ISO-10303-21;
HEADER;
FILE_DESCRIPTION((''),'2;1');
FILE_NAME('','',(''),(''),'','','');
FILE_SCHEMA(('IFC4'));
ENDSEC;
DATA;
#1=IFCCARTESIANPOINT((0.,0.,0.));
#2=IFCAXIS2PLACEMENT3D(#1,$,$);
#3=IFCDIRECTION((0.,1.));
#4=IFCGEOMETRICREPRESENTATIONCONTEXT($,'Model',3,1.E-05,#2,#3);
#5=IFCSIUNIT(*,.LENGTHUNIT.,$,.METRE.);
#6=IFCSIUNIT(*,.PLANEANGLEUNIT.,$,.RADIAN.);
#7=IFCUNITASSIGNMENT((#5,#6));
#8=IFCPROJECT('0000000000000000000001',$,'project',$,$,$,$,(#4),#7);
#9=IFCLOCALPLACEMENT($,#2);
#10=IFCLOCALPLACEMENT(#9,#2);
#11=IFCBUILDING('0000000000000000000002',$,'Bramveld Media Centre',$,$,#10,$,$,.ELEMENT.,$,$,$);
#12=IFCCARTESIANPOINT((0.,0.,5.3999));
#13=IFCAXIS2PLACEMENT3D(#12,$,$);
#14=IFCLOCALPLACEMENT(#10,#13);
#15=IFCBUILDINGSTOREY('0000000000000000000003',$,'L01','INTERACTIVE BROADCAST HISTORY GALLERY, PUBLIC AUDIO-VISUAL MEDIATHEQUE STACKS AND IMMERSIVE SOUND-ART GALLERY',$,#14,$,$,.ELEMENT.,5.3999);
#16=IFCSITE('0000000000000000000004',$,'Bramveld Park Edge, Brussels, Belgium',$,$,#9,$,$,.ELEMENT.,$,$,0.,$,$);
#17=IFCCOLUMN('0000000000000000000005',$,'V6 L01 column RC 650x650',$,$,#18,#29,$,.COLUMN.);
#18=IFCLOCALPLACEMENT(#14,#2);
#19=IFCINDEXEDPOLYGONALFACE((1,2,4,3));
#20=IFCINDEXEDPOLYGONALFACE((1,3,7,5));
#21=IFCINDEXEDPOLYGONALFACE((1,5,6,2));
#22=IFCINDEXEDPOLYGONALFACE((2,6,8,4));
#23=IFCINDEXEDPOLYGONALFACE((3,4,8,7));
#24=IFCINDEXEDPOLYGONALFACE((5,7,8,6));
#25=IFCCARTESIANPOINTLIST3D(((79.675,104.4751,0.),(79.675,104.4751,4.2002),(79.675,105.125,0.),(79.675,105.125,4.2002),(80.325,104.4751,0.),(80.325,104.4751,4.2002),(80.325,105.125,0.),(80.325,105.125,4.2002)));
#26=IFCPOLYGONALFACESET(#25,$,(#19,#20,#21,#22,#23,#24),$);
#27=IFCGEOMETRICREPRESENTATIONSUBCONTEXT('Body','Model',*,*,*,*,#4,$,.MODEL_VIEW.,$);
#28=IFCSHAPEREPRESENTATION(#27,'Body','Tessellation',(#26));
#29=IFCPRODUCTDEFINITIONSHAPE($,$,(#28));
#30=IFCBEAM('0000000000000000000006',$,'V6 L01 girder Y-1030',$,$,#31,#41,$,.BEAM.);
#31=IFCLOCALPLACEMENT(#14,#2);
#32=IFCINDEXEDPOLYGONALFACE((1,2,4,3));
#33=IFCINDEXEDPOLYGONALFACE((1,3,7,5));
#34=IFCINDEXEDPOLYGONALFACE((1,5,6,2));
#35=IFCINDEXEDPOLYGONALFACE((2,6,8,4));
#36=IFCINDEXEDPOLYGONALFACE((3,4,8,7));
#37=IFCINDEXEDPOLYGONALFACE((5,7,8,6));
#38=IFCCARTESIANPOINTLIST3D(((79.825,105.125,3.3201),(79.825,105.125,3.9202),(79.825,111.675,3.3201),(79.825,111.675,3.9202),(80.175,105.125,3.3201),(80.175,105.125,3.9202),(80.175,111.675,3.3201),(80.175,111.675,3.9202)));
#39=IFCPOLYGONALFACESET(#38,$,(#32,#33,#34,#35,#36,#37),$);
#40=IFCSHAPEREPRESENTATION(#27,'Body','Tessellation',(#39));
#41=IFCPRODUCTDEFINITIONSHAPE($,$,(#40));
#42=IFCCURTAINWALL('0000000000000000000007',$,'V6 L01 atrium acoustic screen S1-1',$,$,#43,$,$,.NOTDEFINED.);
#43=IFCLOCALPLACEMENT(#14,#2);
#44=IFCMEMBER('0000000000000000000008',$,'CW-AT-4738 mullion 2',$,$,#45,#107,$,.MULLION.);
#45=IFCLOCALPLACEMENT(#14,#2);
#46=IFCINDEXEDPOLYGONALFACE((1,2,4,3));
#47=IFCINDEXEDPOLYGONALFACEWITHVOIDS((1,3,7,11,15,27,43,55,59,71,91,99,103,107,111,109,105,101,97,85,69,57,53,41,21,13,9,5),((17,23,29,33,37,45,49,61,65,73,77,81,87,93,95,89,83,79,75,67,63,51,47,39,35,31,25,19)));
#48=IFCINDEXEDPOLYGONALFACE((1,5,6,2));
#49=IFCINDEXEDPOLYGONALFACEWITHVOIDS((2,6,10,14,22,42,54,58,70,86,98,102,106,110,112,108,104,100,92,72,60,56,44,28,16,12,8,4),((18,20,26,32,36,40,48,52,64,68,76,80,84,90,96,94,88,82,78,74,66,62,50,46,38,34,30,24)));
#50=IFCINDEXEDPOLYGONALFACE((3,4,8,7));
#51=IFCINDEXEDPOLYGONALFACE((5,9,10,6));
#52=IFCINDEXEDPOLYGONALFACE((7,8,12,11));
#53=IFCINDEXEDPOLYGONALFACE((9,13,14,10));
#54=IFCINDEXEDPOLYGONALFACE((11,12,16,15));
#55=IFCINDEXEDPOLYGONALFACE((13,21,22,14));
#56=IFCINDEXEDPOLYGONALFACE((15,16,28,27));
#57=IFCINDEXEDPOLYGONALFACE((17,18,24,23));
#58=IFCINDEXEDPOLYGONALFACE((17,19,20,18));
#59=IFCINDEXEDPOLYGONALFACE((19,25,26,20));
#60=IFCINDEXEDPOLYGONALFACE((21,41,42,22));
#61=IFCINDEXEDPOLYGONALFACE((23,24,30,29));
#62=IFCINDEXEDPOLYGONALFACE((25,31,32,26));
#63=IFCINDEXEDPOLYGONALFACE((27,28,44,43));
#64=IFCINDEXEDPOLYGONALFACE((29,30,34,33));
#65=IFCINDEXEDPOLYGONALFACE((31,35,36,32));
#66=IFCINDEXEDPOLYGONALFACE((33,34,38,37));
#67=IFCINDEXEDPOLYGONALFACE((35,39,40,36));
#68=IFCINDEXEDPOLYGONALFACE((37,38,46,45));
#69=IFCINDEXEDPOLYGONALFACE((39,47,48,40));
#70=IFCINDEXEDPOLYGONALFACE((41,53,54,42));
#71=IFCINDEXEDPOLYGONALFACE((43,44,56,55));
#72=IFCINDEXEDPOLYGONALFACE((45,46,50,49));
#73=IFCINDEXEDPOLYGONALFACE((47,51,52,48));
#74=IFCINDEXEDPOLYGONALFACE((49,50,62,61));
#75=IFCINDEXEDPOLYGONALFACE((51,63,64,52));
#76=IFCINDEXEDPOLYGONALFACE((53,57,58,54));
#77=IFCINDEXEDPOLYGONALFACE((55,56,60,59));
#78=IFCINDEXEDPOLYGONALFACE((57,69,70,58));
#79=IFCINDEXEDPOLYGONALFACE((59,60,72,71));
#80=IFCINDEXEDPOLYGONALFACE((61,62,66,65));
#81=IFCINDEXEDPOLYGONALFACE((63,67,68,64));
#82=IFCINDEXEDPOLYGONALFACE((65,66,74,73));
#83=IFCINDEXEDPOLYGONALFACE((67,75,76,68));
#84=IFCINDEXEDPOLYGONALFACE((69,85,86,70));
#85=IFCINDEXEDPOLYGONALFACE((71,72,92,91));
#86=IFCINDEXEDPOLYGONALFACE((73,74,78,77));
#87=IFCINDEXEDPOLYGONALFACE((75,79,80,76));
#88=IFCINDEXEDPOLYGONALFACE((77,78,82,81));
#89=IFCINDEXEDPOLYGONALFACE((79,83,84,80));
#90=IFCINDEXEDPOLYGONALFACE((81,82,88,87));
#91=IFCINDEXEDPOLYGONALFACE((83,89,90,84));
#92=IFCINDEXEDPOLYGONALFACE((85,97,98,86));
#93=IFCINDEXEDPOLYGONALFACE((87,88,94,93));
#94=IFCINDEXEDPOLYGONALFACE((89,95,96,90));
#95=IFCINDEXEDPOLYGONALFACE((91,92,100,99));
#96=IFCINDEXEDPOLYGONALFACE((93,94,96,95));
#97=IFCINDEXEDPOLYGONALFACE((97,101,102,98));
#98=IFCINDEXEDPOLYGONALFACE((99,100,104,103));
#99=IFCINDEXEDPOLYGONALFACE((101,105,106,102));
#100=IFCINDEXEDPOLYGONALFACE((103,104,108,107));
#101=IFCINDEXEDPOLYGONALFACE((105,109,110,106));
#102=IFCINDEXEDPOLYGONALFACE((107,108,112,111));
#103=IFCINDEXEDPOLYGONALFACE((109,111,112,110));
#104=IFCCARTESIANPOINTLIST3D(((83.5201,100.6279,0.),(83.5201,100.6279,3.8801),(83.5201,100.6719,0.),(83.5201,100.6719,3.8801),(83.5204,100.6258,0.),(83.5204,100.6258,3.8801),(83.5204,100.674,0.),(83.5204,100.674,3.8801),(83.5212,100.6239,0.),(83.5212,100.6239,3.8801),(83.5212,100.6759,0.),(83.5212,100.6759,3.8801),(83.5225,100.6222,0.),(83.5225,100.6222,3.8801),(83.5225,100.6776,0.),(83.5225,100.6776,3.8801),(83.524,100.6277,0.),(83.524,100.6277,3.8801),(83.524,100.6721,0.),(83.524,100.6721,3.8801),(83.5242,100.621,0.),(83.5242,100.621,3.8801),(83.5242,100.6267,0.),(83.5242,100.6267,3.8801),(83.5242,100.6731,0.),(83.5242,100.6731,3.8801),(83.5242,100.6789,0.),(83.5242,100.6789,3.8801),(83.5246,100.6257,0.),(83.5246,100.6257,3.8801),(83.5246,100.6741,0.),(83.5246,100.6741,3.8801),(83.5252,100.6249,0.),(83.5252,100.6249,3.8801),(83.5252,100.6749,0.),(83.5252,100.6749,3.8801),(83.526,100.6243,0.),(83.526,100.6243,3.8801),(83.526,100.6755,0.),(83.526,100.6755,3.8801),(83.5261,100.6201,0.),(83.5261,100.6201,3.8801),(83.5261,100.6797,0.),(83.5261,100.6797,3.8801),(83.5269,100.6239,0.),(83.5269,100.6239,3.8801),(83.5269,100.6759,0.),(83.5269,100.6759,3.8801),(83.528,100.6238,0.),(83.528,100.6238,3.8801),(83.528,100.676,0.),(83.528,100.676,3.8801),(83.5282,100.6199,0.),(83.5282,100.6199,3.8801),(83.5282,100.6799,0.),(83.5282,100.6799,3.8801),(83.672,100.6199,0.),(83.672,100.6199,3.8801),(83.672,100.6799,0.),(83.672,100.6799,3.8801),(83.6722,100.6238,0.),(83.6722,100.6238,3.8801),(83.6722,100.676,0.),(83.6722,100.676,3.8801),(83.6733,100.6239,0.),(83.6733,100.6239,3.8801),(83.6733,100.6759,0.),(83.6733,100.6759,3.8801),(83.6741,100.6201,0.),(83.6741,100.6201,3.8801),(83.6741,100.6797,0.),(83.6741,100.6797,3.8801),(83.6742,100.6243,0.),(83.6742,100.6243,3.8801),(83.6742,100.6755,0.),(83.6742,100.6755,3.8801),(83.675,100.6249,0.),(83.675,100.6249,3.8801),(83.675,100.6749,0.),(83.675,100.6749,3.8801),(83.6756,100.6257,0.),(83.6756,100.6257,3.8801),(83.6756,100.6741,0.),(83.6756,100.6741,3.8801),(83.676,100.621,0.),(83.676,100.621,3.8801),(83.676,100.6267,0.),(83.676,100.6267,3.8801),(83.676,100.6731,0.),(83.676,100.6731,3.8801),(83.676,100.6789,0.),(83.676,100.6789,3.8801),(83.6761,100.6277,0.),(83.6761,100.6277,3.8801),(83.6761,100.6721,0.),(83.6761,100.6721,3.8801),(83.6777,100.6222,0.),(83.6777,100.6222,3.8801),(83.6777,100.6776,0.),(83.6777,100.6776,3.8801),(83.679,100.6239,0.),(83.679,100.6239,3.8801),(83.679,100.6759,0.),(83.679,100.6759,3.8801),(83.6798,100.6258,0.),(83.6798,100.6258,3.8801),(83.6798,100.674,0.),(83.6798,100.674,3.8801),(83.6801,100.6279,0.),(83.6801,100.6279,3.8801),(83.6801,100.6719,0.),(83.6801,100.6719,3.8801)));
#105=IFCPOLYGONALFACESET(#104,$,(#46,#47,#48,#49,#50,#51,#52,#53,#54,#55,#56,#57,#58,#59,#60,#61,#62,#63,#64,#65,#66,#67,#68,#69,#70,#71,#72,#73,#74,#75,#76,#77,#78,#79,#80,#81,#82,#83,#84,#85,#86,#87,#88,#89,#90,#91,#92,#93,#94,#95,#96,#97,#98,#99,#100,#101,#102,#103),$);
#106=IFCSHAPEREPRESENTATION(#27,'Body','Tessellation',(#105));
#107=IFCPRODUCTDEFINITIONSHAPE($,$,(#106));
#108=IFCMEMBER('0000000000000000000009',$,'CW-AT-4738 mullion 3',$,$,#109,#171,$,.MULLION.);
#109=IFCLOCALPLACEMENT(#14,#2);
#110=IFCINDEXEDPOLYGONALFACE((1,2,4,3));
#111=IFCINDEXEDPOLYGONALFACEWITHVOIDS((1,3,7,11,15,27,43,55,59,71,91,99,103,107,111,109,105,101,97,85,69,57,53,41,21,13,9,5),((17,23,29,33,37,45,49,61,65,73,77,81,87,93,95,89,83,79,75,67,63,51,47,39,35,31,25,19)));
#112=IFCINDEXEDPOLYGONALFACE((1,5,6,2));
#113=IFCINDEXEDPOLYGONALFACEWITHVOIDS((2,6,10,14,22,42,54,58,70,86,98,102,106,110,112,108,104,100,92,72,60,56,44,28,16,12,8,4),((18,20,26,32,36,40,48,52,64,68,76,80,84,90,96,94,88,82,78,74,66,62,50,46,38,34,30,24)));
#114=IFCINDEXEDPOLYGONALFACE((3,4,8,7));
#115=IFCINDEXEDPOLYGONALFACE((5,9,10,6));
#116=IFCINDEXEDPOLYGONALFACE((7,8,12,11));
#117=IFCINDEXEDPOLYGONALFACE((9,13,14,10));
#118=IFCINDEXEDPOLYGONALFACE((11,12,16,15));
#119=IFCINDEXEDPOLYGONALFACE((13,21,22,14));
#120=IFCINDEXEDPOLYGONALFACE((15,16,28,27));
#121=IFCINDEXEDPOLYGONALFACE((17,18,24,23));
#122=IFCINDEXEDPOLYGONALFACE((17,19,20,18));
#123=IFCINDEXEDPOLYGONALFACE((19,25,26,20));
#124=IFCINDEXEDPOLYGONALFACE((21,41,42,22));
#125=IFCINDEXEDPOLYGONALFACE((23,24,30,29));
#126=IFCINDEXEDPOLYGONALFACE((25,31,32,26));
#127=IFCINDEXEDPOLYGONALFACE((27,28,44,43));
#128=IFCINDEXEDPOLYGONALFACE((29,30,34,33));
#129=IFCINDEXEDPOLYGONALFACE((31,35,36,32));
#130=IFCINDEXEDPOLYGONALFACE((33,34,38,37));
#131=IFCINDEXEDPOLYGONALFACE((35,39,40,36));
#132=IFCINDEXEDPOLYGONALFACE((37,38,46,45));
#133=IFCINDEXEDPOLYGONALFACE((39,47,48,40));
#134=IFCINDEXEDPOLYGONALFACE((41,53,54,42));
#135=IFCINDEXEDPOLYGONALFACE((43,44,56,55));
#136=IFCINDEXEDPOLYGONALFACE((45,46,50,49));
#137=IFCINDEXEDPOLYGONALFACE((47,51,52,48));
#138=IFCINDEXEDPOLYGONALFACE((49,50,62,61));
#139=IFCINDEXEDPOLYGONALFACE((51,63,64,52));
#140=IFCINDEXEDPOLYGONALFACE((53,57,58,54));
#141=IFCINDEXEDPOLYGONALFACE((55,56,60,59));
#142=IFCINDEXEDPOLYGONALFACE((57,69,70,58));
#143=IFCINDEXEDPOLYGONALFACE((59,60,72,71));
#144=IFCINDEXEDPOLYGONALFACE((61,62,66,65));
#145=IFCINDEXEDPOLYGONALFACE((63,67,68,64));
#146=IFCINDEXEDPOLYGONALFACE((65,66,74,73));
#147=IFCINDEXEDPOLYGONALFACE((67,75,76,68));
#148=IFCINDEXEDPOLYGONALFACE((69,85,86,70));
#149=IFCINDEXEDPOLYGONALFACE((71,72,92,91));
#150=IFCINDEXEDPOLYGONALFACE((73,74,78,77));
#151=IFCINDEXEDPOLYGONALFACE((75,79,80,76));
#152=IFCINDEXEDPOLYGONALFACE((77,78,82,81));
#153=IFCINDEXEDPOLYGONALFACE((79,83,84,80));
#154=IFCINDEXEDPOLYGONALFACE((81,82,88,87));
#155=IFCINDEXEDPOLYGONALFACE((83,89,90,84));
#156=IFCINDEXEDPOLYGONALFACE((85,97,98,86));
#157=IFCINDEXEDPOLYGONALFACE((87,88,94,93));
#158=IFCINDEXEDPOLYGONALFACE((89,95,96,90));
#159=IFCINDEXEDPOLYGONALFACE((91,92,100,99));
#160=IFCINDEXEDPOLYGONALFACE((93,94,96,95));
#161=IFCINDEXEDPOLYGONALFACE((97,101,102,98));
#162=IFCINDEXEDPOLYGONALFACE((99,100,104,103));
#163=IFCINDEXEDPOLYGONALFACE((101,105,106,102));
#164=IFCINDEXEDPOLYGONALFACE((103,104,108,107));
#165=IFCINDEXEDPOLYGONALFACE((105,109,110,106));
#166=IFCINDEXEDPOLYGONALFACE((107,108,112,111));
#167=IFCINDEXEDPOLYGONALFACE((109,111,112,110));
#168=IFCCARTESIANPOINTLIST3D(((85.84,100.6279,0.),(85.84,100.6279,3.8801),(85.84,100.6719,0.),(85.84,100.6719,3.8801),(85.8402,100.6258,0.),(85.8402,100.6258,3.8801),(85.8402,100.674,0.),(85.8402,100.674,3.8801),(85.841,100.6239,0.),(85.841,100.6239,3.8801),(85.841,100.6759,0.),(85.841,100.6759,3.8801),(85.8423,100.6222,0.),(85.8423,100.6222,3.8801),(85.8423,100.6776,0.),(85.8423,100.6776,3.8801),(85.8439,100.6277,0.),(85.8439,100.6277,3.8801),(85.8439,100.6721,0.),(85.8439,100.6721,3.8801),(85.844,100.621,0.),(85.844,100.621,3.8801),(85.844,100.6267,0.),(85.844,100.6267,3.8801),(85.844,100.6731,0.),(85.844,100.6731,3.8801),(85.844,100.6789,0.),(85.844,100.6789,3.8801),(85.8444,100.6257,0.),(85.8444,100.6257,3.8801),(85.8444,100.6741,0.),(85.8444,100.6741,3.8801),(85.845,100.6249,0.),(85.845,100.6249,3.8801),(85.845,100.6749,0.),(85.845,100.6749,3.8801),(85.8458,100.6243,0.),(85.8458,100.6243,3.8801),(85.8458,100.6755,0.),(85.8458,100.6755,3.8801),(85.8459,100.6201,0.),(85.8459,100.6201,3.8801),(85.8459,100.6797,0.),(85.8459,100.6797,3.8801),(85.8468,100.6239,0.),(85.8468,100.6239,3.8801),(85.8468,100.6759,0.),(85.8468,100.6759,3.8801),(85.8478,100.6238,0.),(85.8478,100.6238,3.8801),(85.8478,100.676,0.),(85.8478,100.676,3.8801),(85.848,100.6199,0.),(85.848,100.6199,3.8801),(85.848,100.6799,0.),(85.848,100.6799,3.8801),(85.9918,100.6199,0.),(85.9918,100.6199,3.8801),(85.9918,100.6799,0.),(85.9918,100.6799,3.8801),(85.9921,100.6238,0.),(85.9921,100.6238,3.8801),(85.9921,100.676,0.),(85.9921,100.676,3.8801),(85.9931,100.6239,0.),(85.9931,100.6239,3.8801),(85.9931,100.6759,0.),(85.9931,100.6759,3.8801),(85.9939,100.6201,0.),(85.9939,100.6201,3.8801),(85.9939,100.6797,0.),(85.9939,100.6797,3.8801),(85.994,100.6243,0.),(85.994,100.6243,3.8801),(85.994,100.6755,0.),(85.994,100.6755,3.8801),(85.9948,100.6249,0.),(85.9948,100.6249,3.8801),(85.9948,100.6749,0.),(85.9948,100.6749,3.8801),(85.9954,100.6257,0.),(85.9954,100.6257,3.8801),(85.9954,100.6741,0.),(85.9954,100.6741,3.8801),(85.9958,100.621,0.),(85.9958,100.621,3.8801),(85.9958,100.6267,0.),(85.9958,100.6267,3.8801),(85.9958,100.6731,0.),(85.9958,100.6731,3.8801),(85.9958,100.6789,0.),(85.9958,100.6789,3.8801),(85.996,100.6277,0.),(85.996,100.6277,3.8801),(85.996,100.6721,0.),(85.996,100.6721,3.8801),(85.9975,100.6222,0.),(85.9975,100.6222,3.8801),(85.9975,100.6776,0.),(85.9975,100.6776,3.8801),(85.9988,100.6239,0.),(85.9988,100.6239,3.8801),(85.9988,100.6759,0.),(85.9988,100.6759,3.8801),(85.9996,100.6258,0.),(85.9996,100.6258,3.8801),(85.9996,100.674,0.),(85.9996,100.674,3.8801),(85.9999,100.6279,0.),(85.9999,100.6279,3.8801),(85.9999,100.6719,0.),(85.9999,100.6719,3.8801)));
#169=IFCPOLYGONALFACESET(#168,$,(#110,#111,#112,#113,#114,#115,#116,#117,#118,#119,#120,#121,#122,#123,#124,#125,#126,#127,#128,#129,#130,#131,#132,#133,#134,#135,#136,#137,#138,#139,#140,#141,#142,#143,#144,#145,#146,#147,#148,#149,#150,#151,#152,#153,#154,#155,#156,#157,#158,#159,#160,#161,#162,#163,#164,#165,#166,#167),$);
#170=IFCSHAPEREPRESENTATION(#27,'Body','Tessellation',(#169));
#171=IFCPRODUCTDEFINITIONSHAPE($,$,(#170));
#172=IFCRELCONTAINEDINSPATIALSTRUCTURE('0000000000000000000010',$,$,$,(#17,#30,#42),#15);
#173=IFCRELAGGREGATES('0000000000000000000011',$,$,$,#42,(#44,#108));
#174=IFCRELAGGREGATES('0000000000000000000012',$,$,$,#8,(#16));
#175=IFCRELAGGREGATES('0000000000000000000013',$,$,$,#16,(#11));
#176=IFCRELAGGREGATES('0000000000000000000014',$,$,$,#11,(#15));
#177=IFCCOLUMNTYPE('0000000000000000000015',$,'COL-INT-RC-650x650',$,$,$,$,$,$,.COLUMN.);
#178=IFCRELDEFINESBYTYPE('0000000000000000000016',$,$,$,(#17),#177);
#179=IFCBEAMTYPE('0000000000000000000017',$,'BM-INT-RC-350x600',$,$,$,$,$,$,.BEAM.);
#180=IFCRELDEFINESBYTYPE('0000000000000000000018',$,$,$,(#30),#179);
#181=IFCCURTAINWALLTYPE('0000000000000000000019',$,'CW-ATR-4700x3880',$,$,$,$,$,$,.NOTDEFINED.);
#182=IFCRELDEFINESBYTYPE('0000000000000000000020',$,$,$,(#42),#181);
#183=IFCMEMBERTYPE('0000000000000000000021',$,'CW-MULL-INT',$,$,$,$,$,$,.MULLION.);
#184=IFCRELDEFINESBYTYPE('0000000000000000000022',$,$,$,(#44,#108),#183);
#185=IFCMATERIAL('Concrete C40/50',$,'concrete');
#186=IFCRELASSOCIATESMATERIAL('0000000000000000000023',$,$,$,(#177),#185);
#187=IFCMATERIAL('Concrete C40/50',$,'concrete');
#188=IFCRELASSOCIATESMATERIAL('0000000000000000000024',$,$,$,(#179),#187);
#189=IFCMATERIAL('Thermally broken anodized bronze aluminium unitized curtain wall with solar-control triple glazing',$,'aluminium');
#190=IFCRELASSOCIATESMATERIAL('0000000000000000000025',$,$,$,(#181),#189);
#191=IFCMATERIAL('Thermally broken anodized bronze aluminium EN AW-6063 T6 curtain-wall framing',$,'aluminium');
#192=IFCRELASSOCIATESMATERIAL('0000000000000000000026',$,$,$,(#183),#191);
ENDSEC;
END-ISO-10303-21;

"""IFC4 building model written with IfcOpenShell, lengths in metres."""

from ifc_helpers import new_model, si_unit, direction, frame, origin, origin_2d, place, context, subcontext, project, spatial, rectangle, hollow_rectangle, extrude, material, material_profile, profile_set, type_object, element, aggregate, save


model = new_model("IFC4")

# Units and contexts
model_context = context("Model", 3, precision=1e-05, world=origin(), true_north=direction((0.0, 1.0)))
body_context = subcontext(model_context, "Body", "Model", "MODEL_VIEW")
ifc_project = project(units=[si_unit("LENGTHUNIT", "METRE"), si_unit("PLANEANGLEUNIT", "RADIAN")], contexts=[model_context])

# Site, building, storey
site_placement = place(None, origin())
site = spatial("IfcSite", under=ifc_project, at=site_placement, Name="Bramveld Park Edge, Brussels, Belgium", CompositionType="ELEMENT", RefElevation=0.0)
building_placement = place(site_placement, origin())
building = spatial("IfcBuilding", under=site, at=building_placement, Name="Bramveld Media Centre", CompositionType="ELEMENT")
storey_placement = place(building_placement, frame((0.0, 0.0, 5.3999)))
storey = spatial("IfcBuildingStorey", under=building, at=storey_placement, Name="L01", Description="INTERACTIVE BROADCAST HISTORY GALLERY, PUBLIC AUDIO-VISUAL MEDIATHEQUE STACKS AND IMMERSIVE SOUND-ART GALLERY", CompositionType="ELEMENT", Elevation=5.3999)

# Column
ifc_material_1 = material(Name="Concrete C40/50", Category="concrete")
ifc_material_profile_1 = material_profile(ifc_material_1, rectangle(XDim=0.6499, YDim=0.6499, at=origin_2d()), Name="RC 650x650")
ifc_profile_set_1 = profile_set([ifc_material_profile_1], Name="Concrete C40/50")
column_type = type_object("IfcColumnType", Name="COL-INT-RC-650x650", PredefinedType="COLUMN", material=ifc_profile_set_1)
column_placement = place(storey_placement, frame((80.0, 104.8, 0.0), z_axis=(0.0, 0.0, 1.0), x_axis=(1.0, 0.0, 0.0)))
element("IfcColumn", 1, at=column_placement, inside=storey, type_object=column_type, Name="V6 L01 column RC 650x650", PredefinedType="COLUMN", context=body_context, shape_type="SweptSolid", body=[
    extrude(rectangle(XDim=0.6499, YDim=0.6499, at=origin_2d()), origin(), (0.0, 0.0, 1.0), 4.2002),
])

# Beam
ifc_material_2 = material(Name="Concrete C40/50", Category="concrete")
ifc_material_profile_2 = material_profile(ifc_material_2, rectangle(XDim=0.3501, YDim=0.6001, at=origin_2d()), Name="RC 350x600")
ifc_profile_set_2 = profile_set([ifc_material_profile_2], Name="Concrete C40/50")
beam_type = type_object("IfcBeamType", Name="BM-INT-RC-350x600", PredefinedType="BEAM", material=ifc_profile_set_2)
beam_placement = place(storey_placement, frame((80.0, 105.125, 3.6201), z_axis=(0.0, 1.0, 0.0), x_axis=(-1.0, 0.0, 0.0)))
element("IfcBeam", 2, at=beam_placement, inside=storey, type_object=beam_type, Name="V6 L01 girder Y-1030", PredefinedType="BEAM", context=body_context, shape_type="SweptSolid", body=[
    extrude(rectangle(XDim=0.3501, YDim=0.6001, at=origin_2d()), origin(), (0.0, 0.0, 1.0), 6.55),
])

# Curtain wall, members
ifc_material_3 = material(Name="Thermally broken anodized bronze aluminium unitized curtain wall with solar-control triple glazing", Category="aluminium")
curtain_wall_type_1 = type_object("IfcCurtainWallType", Name="CW-ATR-4700x3880", PredefinedType="NOTDEFINED", material=ifc_material_3)
curtain_wall_1_placement = place(storey_placement, origin())
curtain_wall_1 = element("IfcCurtainWall", 3, at=curtain_wall_1_placement, inside=storey, type_object=curtain_wall_type_1, Name="V6 L01 atrium acoustic screen S1-1", PredefinedType="NOTDEFINED")
ifc_material_4 = material(Name="Thermally broken anodized bronze aluminium EN AW-6063 T6 curtain-wall framing", Category="aluminium")
ifc_material_profile_3 = material_profile(ifc_material_4, hollow_rectangle(XDim=0.0601, YDim=0.1599, WallThickness=0.0039, InnerFilletRadius=0.0039, OuterFilletRadius=0.0081, at=origin_2d()), Name="AL-MULL 60x160")
ifc_profile_set_3 = profile_set([ifc_material_profile_3], Name="Thermally broken anodized bronze aluminium EN AW-6063 T6 curtain-wall framing")
member_type_1 = type_object("IfcMemberType", Name="CW-MULL-INT", PredefinedType="MULLION", material=ifc_profile_set_3)
member_1_placement = place(storey_placement, frame((83.6001, 100.6499, 0.0), z_axis=(0.0, 0.0, 1.0), x_axis=(0.0, 1.0, 0.0)))
member_1 = element("IfcMember", 4, at=member_1_placement, type_object=member_type_1, Name="CW-AT-4738 mullion 2", PredefinedType="MULLION", context=body_context, shape_type="SweptSolid", body=[
    extrude(hollow_rectangle(XDim=0.0601, YDim=0.1599, WallThickness=0.0039, InnerFilletRadius=0.0039, OuterFilletRadius=0.0081, at=origin_2d()), origin(), (0.0, 0.0, 1.0), 3.8801),
])
member_2_placement = place(storey_placement, frame((85.9199, 100.6499, 0.0), z_axis=(0.0, 0.0, 1.0), x_axis=(0.0, 1.0, 0.0)))
member_2 = element("IfcMember", 5, at=member_2_placement, type_object=member_type_1, Name="CW-AT-4738 mullion 3", PredefinedType="MULLION", context=body_context, shape_type="SweptSolid", body=[
    extrude(hollow_rectangle(XDim=0.0601, YDim=0.1599, WallThickness=0.0039, InnerFilletRadius=0.0039, OuterFilletRadius=0.0081, at=origin_2d()), origin(), (0.0, 0.0, 1.0), 3.8801),
])

aggregate(curtain_wall_1, [member_1, member_2])

save(model, "model.ifc")
